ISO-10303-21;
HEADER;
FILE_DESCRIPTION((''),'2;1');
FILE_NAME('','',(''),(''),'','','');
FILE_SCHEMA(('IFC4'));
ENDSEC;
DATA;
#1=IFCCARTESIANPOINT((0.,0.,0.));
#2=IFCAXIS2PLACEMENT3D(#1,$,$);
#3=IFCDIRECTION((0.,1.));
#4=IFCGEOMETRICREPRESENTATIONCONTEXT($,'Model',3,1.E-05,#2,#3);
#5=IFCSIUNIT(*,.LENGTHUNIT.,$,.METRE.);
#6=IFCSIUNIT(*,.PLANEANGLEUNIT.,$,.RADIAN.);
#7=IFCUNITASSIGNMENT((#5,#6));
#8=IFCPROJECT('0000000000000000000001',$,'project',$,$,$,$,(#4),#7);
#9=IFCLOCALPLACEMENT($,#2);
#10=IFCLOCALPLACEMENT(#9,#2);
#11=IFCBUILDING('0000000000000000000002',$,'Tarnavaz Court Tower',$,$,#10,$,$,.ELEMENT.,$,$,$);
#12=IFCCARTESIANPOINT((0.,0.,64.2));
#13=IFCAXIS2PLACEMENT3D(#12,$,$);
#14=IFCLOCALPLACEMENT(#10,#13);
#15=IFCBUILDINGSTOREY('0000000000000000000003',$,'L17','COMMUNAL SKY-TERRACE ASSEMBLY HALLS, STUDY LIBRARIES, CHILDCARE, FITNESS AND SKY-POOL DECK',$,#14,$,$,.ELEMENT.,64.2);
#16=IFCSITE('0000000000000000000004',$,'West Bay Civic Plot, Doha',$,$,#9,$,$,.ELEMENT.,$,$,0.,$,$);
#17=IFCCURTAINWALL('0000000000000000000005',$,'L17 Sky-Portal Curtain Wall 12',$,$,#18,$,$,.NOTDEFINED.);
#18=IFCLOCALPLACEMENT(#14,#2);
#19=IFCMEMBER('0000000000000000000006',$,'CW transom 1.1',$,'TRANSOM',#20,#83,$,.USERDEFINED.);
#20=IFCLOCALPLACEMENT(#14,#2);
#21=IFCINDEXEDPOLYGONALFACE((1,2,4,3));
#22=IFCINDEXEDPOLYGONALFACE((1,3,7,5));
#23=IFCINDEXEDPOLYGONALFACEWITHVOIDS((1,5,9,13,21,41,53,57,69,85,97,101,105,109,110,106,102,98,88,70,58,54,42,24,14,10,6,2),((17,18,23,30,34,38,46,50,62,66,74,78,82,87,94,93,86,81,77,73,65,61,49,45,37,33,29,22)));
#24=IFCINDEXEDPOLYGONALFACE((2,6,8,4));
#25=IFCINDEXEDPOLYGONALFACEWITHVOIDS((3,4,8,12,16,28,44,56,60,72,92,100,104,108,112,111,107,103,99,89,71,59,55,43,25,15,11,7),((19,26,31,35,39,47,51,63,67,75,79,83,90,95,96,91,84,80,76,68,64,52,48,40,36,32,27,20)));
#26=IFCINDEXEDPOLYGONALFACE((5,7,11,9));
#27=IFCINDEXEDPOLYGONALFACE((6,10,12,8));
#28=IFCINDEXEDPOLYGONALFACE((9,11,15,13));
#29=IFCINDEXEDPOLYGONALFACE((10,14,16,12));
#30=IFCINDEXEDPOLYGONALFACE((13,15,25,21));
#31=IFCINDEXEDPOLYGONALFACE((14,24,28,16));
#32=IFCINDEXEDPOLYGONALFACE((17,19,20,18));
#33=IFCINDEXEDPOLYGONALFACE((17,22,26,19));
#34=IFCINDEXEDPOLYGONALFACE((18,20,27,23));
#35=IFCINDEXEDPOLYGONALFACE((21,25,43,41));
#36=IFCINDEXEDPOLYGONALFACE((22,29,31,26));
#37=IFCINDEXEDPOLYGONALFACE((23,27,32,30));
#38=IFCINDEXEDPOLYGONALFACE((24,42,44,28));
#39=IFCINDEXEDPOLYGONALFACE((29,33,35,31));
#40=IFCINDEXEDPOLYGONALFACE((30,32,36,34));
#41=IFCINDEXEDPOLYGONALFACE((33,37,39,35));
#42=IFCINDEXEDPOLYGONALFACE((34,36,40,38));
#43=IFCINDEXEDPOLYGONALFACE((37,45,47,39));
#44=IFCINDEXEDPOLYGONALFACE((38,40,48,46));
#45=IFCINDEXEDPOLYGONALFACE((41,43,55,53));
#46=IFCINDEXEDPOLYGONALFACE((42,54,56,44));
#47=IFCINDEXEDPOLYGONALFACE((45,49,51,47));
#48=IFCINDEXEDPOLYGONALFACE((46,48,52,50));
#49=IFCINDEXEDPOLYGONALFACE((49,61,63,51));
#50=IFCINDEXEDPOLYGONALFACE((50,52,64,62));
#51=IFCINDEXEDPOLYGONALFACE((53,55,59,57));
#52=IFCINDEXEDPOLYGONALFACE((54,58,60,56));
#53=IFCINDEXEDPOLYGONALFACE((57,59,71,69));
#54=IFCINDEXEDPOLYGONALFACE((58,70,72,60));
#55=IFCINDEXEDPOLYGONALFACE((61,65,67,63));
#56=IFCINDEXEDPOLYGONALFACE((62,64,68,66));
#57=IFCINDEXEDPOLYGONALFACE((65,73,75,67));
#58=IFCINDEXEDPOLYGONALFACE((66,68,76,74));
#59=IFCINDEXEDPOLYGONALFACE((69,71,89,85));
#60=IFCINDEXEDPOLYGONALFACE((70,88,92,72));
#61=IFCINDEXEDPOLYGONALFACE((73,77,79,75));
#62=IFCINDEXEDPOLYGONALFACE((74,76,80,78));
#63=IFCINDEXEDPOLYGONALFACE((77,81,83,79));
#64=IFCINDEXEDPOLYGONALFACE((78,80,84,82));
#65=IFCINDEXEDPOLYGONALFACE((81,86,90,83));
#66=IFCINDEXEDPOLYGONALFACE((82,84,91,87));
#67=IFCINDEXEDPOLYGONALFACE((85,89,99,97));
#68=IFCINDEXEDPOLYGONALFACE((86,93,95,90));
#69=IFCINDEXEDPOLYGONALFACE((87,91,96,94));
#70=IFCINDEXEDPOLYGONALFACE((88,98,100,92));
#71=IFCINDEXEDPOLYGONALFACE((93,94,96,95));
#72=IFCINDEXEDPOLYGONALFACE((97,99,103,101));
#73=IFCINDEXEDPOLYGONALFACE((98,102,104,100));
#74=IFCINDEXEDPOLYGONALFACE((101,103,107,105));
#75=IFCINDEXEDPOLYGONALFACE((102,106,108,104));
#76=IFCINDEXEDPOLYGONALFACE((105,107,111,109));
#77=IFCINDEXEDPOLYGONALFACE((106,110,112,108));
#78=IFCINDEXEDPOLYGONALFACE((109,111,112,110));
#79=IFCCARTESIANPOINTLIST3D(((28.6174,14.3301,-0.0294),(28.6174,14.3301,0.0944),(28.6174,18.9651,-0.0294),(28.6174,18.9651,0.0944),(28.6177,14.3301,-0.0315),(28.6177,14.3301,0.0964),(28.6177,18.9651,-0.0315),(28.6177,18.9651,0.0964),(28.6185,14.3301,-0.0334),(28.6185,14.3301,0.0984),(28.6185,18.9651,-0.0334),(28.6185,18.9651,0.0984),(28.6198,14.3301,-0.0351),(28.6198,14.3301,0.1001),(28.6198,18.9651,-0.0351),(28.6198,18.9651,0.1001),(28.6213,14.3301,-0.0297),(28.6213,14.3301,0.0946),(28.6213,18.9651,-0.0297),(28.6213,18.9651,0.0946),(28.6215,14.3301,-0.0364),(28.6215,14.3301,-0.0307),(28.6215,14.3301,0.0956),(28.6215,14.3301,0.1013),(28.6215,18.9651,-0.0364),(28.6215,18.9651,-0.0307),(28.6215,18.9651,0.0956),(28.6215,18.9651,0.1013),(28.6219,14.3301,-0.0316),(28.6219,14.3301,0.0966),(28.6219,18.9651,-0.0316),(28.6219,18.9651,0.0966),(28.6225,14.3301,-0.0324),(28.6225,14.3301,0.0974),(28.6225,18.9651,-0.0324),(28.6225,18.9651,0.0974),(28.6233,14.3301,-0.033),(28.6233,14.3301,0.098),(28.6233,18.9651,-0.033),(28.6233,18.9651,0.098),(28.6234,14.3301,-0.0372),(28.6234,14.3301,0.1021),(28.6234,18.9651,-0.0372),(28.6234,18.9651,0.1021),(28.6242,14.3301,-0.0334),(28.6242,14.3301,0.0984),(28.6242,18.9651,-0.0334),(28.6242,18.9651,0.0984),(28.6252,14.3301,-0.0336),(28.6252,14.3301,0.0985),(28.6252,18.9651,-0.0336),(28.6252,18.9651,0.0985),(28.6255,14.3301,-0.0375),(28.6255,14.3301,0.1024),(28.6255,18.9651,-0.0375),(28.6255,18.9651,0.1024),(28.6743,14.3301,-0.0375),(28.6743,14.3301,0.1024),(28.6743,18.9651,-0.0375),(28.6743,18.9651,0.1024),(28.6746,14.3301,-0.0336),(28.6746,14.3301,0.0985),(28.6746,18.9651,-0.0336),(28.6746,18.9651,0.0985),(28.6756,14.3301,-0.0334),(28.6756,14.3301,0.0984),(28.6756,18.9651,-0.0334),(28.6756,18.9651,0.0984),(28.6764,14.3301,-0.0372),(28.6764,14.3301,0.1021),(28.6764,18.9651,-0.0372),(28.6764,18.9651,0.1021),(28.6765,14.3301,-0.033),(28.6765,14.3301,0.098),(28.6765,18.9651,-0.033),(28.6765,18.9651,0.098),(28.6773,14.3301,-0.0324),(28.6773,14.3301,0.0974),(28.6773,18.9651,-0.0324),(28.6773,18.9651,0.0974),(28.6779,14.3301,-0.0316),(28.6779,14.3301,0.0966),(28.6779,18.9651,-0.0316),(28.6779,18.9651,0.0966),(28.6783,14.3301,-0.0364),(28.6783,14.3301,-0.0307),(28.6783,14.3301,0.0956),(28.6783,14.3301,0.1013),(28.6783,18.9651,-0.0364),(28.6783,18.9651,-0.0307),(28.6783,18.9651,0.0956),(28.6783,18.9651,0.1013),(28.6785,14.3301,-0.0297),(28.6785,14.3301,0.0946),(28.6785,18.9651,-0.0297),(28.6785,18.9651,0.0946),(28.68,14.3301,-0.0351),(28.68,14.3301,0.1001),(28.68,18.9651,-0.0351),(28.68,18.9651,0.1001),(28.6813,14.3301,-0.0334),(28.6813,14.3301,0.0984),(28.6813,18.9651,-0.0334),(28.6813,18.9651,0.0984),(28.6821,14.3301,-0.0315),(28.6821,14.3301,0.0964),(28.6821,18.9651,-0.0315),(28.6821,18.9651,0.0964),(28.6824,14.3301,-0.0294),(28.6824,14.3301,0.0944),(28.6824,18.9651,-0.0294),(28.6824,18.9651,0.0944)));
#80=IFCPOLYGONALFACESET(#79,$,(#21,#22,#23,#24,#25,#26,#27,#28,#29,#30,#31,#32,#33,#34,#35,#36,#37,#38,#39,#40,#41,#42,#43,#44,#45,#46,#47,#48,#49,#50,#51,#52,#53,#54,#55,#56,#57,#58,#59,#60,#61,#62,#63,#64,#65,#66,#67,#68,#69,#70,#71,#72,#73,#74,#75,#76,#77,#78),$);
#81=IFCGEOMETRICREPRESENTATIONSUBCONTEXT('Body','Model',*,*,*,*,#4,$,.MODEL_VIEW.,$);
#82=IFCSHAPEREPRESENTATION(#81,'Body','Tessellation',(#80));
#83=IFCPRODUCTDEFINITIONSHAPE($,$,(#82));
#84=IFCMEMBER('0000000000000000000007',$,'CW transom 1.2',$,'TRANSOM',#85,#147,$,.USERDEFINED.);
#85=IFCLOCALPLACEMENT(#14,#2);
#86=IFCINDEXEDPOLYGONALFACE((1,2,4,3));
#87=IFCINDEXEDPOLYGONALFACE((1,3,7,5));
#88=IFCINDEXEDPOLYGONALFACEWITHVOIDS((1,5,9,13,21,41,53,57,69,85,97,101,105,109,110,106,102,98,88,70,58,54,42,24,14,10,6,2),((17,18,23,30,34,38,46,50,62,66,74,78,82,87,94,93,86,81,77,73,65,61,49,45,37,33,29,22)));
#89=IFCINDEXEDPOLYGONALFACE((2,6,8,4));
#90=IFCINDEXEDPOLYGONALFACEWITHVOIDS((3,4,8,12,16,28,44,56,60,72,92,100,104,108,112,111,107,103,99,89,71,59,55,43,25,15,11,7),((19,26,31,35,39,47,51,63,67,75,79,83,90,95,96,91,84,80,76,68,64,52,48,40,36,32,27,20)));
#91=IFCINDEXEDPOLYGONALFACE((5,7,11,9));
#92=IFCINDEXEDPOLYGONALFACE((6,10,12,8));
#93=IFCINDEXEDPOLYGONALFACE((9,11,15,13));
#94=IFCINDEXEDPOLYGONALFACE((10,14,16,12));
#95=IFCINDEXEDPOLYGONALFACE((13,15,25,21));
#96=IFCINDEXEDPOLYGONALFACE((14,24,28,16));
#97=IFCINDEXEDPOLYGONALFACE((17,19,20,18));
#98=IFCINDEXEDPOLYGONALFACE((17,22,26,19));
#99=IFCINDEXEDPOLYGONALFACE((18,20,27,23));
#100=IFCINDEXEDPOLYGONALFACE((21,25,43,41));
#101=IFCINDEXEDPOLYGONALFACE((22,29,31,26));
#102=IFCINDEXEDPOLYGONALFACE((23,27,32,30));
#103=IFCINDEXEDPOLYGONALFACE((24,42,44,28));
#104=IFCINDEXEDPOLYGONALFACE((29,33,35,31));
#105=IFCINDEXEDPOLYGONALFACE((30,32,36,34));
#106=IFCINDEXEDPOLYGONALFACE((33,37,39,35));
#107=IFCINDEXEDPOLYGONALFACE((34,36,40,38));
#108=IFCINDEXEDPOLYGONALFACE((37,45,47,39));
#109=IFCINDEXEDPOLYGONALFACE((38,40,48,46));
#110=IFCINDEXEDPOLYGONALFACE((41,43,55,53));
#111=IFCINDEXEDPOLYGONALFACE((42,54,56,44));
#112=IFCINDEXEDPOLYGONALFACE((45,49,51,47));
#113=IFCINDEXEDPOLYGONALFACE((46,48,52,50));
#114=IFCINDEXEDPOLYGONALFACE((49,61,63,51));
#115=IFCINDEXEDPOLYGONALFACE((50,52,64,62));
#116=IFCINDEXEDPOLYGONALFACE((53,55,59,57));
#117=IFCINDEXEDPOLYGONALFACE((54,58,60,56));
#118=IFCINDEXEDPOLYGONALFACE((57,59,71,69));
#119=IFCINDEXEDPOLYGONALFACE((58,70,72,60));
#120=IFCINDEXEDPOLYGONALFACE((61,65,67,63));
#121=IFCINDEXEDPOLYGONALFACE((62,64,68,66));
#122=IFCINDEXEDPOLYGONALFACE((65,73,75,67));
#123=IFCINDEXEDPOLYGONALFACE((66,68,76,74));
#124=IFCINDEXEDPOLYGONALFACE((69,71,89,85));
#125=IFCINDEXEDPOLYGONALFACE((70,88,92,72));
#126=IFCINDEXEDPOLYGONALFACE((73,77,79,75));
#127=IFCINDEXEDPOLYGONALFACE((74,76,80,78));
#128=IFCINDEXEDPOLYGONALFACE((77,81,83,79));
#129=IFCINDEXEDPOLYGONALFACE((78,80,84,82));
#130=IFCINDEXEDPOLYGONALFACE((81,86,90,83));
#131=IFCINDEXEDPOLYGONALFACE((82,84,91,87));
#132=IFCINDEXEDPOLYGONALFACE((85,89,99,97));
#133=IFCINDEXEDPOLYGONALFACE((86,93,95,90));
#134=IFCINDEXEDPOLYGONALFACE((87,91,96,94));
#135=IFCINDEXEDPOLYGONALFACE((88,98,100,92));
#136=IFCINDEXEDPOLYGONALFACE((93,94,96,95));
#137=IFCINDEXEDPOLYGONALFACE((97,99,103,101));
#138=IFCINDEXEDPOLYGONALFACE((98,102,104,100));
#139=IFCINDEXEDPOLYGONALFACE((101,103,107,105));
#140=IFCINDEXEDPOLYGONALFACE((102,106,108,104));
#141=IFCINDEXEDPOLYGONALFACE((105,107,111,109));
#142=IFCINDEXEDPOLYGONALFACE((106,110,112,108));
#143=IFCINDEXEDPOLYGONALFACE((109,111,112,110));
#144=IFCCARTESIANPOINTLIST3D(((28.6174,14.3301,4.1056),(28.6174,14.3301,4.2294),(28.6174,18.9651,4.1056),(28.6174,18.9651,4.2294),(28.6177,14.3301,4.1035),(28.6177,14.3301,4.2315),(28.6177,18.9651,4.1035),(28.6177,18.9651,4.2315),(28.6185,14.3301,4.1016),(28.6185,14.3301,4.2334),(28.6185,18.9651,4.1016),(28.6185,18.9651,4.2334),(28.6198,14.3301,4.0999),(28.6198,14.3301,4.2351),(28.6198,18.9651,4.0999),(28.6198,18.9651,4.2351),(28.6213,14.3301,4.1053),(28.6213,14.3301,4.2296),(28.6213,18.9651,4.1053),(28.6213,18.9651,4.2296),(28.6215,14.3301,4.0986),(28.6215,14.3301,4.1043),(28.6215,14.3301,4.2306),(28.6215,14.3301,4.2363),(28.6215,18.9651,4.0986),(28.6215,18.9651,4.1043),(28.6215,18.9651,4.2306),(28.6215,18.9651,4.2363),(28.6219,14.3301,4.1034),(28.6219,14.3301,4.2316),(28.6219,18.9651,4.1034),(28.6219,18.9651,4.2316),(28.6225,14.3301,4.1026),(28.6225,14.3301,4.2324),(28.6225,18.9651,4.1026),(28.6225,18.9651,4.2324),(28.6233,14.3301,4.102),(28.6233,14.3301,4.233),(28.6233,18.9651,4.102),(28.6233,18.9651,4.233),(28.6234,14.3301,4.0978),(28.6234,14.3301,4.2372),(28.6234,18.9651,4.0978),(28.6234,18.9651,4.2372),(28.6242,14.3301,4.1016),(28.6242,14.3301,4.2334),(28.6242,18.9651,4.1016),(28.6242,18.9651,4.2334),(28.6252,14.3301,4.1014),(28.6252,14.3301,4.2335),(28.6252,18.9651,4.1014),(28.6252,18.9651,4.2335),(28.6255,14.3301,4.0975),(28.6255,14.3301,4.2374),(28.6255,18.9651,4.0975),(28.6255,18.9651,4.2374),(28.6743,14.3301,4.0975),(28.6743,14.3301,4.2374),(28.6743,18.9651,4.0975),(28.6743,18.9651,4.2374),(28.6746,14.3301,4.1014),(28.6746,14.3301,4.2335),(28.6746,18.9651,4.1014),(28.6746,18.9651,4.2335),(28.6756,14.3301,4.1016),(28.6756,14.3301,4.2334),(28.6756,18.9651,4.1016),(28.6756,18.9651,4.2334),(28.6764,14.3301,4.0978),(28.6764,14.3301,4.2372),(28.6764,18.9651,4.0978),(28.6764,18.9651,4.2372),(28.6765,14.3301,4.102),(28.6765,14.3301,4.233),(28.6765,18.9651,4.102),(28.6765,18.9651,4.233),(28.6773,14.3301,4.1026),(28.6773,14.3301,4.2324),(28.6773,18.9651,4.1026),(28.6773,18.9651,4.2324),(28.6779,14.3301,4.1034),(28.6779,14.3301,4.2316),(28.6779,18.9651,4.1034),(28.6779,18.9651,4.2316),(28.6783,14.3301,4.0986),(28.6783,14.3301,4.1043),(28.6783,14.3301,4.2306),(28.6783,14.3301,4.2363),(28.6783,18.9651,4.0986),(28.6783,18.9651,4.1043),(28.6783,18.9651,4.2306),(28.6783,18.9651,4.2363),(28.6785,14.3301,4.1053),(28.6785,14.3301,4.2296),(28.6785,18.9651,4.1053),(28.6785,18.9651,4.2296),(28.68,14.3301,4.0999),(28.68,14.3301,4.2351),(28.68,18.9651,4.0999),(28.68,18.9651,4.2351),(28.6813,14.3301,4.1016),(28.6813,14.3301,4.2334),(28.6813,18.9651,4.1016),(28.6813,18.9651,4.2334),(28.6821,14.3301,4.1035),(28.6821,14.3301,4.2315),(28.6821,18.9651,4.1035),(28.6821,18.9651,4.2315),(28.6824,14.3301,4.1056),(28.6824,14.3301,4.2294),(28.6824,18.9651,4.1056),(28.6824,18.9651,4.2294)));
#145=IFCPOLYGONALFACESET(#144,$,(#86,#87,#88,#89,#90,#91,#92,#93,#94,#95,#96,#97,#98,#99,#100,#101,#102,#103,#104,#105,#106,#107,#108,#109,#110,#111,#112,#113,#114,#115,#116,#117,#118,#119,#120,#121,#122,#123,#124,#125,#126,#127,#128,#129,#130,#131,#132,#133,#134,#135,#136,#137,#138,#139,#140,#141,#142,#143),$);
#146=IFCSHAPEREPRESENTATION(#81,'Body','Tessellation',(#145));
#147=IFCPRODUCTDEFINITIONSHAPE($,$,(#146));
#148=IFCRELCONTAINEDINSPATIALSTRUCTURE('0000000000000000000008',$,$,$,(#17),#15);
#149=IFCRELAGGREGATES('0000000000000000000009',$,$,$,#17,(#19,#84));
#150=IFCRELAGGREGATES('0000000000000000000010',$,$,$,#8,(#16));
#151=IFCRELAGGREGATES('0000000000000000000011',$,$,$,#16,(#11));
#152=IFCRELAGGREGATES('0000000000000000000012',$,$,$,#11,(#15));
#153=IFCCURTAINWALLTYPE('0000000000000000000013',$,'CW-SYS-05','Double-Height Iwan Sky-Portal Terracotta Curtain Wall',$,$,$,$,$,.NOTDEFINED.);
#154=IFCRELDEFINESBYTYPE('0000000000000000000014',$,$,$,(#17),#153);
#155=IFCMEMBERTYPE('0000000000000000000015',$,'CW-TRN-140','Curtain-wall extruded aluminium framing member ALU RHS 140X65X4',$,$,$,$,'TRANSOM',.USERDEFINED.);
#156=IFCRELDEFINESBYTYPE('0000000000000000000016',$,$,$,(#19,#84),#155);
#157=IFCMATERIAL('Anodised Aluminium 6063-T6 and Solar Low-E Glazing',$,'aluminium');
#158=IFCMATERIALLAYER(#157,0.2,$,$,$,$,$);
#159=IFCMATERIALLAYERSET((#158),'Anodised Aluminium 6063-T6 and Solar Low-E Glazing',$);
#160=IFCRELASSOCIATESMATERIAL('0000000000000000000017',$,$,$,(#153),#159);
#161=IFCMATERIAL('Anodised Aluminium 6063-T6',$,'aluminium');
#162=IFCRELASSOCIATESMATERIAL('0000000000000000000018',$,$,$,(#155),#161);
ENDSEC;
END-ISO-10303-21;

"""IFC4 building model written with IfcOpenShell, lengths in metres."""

from ifc_helpers import new_model, si_unit, direction, frame, origin, origin_2d, place, context, subcontext, project, spatial, hollow_rectangle, extrude, material, layer, layer_set, material_profile, profile_set, type_object, element, aggregate, save


model = new_model("IFC4")

# Units and contexts
model_context = context("Model", 3, precision=1e-05, world=origin(), true_north=direction((0.0, 1.0)))
body_context = subcontext(model_context, "Body", "Model", "MODEL_VIEW")
ifc_project = project(units=[si_unit("LENGTHUNIT", "METRE"), si_unit("PLANEANGLEUNIT", "RADIAN")], contexts=[model_context])

# Site, building, storey
site_placement = place(None, origin())
site = spatial("IfcSite", under=ifc_project, at=site_placement, Name="West Bay Civic Plot, Doha", CompositionType="ELEMENT", RefElevation=0.0)
building_placement = place(site_placement, origin())
building = spatial("IfcBuilding", under=site, at=building_placement, Name="Tarnavaz Court Tower", CompositionType="ELEMENT")
storey_placement = place(building_placement, frame((0.0, 0.0, 64.2)))
storey = spatial("IfcBuildingStorey", under=building, at=storey_placement, Name="L17", Description="COMMUNAL SKY-TERRACE ASSEMBLY HALLS, STUDY LIBRARIES, CHILDCARE, FITNESS AND SKY-POOL DECK", CompositionType="ELEMENT", Elevation=64.2)

# Curtain wall, members
ifc_material_1 = material(Name="Anodised Aluminium 6063-T6 and Solar Low-E Glazing", Category="aluminium")
ifc_layer_1 = layer(ifc_material_1, 0.2)
ifc_layer_set_1 = layer_set([ifc_layer_1], Name="Anodised Aluminium 6063-T6 and Solar Low-E Glazing")
curtain_wall_type = type_object("IfcCurtainWallType", Name="CW-SYS-05", Description="Double-Height Iwan Sky-Portal Terracotta Curtain Wall", PredefinedType="NOTDEFINED", material=ifc_layer_set_1)
curtain_wall_placement = place(storey_placement, origin())
curtain_wall = element("IfcCurtainWall", 1, at=curtain_wall_placement, inside=storey, type_object=curtain_wall_type, Name="L17 Sky-Portal Curtain Wall 12", PredefinedType="NOTDEFINED")
ifc_material_2 = material(Name="Anodised Aluminium 6063-T6", Category="aluminium")
ifc_material_profile_1 = material_profile(ifc_material_2, hollow_rectangle(XDim=0.0649, YDim=0.1399, WallThickness=0.0039, InnerFilletRadius=0.0039, OuterFilletRadius=0.0081, at=origin_2d()), Name="ALU RHS 140X65X4")
ifc_profile_set_1 = profile_set([ifc_material_profile_1], Name="Anodised Aluminium 6063-T6")
member_type_1 = type_object("IfcMemberType", Name="CW-TRN-140", Description="Curtain-wall extruded aluminium framing member ALU RHS 140X65X4", ElementType="TRANSOM", PredefinedType="USERDEFINED", material=ifc_profile_set_1)
member_1_placement = place(storey_placement, frame((28.6499, 18.9651, 0.0325), z_axis=(0.0, -1.0, 0.0), x_axis=(1.0, 0.0, 0.0)))
member_1 = element("IfcMember", 2, at=member_1_placement, type_object=member_type_1, Name="CW transom 1.1", ObjectType="TRANSOM", PredefinedType="USERDEFINED", context=body_context, shape_type="SweptSolid", body=[
    extrude(hollow_rectangle(XDim=0.0649, YDim=0.1399, WallThickness=0.0039, InnerFilletRadius=0.0039, OuterFilletRadius=0.0081, at=origin_2d()), origin(), (0.0, 0.0, 1.0), 4.635),
])
member_2_placement = place(storey_placement, frame((28.6499, 18.9651, 4.1675), z_axis=(0.0, -1.0, 0.0), x_axis=(1.0, 0.0, 0.0)))
member_2 = element("IfcMember", 3, at=member_2_placement, type_object=member_type_1, Name="CW transom 1.2", ObjectType="TRANSOM", PredefinedType="USERDEFINED", context=body_context, shape_type="SweptSolid", body=[
    extrude(hollow_rectangle(XDim=0.0649, YDim=0.1399, WallThickness=0.0039, InnerFilletRadius=0.0039, OuterFilletRadius=0.0081, at=origin_2d()), origin(), (0.0, 0.0, 1.0), 4.635),
])
aggregate(curtain_wall, [member_1, member_2])

save(model, "model.ifc")
